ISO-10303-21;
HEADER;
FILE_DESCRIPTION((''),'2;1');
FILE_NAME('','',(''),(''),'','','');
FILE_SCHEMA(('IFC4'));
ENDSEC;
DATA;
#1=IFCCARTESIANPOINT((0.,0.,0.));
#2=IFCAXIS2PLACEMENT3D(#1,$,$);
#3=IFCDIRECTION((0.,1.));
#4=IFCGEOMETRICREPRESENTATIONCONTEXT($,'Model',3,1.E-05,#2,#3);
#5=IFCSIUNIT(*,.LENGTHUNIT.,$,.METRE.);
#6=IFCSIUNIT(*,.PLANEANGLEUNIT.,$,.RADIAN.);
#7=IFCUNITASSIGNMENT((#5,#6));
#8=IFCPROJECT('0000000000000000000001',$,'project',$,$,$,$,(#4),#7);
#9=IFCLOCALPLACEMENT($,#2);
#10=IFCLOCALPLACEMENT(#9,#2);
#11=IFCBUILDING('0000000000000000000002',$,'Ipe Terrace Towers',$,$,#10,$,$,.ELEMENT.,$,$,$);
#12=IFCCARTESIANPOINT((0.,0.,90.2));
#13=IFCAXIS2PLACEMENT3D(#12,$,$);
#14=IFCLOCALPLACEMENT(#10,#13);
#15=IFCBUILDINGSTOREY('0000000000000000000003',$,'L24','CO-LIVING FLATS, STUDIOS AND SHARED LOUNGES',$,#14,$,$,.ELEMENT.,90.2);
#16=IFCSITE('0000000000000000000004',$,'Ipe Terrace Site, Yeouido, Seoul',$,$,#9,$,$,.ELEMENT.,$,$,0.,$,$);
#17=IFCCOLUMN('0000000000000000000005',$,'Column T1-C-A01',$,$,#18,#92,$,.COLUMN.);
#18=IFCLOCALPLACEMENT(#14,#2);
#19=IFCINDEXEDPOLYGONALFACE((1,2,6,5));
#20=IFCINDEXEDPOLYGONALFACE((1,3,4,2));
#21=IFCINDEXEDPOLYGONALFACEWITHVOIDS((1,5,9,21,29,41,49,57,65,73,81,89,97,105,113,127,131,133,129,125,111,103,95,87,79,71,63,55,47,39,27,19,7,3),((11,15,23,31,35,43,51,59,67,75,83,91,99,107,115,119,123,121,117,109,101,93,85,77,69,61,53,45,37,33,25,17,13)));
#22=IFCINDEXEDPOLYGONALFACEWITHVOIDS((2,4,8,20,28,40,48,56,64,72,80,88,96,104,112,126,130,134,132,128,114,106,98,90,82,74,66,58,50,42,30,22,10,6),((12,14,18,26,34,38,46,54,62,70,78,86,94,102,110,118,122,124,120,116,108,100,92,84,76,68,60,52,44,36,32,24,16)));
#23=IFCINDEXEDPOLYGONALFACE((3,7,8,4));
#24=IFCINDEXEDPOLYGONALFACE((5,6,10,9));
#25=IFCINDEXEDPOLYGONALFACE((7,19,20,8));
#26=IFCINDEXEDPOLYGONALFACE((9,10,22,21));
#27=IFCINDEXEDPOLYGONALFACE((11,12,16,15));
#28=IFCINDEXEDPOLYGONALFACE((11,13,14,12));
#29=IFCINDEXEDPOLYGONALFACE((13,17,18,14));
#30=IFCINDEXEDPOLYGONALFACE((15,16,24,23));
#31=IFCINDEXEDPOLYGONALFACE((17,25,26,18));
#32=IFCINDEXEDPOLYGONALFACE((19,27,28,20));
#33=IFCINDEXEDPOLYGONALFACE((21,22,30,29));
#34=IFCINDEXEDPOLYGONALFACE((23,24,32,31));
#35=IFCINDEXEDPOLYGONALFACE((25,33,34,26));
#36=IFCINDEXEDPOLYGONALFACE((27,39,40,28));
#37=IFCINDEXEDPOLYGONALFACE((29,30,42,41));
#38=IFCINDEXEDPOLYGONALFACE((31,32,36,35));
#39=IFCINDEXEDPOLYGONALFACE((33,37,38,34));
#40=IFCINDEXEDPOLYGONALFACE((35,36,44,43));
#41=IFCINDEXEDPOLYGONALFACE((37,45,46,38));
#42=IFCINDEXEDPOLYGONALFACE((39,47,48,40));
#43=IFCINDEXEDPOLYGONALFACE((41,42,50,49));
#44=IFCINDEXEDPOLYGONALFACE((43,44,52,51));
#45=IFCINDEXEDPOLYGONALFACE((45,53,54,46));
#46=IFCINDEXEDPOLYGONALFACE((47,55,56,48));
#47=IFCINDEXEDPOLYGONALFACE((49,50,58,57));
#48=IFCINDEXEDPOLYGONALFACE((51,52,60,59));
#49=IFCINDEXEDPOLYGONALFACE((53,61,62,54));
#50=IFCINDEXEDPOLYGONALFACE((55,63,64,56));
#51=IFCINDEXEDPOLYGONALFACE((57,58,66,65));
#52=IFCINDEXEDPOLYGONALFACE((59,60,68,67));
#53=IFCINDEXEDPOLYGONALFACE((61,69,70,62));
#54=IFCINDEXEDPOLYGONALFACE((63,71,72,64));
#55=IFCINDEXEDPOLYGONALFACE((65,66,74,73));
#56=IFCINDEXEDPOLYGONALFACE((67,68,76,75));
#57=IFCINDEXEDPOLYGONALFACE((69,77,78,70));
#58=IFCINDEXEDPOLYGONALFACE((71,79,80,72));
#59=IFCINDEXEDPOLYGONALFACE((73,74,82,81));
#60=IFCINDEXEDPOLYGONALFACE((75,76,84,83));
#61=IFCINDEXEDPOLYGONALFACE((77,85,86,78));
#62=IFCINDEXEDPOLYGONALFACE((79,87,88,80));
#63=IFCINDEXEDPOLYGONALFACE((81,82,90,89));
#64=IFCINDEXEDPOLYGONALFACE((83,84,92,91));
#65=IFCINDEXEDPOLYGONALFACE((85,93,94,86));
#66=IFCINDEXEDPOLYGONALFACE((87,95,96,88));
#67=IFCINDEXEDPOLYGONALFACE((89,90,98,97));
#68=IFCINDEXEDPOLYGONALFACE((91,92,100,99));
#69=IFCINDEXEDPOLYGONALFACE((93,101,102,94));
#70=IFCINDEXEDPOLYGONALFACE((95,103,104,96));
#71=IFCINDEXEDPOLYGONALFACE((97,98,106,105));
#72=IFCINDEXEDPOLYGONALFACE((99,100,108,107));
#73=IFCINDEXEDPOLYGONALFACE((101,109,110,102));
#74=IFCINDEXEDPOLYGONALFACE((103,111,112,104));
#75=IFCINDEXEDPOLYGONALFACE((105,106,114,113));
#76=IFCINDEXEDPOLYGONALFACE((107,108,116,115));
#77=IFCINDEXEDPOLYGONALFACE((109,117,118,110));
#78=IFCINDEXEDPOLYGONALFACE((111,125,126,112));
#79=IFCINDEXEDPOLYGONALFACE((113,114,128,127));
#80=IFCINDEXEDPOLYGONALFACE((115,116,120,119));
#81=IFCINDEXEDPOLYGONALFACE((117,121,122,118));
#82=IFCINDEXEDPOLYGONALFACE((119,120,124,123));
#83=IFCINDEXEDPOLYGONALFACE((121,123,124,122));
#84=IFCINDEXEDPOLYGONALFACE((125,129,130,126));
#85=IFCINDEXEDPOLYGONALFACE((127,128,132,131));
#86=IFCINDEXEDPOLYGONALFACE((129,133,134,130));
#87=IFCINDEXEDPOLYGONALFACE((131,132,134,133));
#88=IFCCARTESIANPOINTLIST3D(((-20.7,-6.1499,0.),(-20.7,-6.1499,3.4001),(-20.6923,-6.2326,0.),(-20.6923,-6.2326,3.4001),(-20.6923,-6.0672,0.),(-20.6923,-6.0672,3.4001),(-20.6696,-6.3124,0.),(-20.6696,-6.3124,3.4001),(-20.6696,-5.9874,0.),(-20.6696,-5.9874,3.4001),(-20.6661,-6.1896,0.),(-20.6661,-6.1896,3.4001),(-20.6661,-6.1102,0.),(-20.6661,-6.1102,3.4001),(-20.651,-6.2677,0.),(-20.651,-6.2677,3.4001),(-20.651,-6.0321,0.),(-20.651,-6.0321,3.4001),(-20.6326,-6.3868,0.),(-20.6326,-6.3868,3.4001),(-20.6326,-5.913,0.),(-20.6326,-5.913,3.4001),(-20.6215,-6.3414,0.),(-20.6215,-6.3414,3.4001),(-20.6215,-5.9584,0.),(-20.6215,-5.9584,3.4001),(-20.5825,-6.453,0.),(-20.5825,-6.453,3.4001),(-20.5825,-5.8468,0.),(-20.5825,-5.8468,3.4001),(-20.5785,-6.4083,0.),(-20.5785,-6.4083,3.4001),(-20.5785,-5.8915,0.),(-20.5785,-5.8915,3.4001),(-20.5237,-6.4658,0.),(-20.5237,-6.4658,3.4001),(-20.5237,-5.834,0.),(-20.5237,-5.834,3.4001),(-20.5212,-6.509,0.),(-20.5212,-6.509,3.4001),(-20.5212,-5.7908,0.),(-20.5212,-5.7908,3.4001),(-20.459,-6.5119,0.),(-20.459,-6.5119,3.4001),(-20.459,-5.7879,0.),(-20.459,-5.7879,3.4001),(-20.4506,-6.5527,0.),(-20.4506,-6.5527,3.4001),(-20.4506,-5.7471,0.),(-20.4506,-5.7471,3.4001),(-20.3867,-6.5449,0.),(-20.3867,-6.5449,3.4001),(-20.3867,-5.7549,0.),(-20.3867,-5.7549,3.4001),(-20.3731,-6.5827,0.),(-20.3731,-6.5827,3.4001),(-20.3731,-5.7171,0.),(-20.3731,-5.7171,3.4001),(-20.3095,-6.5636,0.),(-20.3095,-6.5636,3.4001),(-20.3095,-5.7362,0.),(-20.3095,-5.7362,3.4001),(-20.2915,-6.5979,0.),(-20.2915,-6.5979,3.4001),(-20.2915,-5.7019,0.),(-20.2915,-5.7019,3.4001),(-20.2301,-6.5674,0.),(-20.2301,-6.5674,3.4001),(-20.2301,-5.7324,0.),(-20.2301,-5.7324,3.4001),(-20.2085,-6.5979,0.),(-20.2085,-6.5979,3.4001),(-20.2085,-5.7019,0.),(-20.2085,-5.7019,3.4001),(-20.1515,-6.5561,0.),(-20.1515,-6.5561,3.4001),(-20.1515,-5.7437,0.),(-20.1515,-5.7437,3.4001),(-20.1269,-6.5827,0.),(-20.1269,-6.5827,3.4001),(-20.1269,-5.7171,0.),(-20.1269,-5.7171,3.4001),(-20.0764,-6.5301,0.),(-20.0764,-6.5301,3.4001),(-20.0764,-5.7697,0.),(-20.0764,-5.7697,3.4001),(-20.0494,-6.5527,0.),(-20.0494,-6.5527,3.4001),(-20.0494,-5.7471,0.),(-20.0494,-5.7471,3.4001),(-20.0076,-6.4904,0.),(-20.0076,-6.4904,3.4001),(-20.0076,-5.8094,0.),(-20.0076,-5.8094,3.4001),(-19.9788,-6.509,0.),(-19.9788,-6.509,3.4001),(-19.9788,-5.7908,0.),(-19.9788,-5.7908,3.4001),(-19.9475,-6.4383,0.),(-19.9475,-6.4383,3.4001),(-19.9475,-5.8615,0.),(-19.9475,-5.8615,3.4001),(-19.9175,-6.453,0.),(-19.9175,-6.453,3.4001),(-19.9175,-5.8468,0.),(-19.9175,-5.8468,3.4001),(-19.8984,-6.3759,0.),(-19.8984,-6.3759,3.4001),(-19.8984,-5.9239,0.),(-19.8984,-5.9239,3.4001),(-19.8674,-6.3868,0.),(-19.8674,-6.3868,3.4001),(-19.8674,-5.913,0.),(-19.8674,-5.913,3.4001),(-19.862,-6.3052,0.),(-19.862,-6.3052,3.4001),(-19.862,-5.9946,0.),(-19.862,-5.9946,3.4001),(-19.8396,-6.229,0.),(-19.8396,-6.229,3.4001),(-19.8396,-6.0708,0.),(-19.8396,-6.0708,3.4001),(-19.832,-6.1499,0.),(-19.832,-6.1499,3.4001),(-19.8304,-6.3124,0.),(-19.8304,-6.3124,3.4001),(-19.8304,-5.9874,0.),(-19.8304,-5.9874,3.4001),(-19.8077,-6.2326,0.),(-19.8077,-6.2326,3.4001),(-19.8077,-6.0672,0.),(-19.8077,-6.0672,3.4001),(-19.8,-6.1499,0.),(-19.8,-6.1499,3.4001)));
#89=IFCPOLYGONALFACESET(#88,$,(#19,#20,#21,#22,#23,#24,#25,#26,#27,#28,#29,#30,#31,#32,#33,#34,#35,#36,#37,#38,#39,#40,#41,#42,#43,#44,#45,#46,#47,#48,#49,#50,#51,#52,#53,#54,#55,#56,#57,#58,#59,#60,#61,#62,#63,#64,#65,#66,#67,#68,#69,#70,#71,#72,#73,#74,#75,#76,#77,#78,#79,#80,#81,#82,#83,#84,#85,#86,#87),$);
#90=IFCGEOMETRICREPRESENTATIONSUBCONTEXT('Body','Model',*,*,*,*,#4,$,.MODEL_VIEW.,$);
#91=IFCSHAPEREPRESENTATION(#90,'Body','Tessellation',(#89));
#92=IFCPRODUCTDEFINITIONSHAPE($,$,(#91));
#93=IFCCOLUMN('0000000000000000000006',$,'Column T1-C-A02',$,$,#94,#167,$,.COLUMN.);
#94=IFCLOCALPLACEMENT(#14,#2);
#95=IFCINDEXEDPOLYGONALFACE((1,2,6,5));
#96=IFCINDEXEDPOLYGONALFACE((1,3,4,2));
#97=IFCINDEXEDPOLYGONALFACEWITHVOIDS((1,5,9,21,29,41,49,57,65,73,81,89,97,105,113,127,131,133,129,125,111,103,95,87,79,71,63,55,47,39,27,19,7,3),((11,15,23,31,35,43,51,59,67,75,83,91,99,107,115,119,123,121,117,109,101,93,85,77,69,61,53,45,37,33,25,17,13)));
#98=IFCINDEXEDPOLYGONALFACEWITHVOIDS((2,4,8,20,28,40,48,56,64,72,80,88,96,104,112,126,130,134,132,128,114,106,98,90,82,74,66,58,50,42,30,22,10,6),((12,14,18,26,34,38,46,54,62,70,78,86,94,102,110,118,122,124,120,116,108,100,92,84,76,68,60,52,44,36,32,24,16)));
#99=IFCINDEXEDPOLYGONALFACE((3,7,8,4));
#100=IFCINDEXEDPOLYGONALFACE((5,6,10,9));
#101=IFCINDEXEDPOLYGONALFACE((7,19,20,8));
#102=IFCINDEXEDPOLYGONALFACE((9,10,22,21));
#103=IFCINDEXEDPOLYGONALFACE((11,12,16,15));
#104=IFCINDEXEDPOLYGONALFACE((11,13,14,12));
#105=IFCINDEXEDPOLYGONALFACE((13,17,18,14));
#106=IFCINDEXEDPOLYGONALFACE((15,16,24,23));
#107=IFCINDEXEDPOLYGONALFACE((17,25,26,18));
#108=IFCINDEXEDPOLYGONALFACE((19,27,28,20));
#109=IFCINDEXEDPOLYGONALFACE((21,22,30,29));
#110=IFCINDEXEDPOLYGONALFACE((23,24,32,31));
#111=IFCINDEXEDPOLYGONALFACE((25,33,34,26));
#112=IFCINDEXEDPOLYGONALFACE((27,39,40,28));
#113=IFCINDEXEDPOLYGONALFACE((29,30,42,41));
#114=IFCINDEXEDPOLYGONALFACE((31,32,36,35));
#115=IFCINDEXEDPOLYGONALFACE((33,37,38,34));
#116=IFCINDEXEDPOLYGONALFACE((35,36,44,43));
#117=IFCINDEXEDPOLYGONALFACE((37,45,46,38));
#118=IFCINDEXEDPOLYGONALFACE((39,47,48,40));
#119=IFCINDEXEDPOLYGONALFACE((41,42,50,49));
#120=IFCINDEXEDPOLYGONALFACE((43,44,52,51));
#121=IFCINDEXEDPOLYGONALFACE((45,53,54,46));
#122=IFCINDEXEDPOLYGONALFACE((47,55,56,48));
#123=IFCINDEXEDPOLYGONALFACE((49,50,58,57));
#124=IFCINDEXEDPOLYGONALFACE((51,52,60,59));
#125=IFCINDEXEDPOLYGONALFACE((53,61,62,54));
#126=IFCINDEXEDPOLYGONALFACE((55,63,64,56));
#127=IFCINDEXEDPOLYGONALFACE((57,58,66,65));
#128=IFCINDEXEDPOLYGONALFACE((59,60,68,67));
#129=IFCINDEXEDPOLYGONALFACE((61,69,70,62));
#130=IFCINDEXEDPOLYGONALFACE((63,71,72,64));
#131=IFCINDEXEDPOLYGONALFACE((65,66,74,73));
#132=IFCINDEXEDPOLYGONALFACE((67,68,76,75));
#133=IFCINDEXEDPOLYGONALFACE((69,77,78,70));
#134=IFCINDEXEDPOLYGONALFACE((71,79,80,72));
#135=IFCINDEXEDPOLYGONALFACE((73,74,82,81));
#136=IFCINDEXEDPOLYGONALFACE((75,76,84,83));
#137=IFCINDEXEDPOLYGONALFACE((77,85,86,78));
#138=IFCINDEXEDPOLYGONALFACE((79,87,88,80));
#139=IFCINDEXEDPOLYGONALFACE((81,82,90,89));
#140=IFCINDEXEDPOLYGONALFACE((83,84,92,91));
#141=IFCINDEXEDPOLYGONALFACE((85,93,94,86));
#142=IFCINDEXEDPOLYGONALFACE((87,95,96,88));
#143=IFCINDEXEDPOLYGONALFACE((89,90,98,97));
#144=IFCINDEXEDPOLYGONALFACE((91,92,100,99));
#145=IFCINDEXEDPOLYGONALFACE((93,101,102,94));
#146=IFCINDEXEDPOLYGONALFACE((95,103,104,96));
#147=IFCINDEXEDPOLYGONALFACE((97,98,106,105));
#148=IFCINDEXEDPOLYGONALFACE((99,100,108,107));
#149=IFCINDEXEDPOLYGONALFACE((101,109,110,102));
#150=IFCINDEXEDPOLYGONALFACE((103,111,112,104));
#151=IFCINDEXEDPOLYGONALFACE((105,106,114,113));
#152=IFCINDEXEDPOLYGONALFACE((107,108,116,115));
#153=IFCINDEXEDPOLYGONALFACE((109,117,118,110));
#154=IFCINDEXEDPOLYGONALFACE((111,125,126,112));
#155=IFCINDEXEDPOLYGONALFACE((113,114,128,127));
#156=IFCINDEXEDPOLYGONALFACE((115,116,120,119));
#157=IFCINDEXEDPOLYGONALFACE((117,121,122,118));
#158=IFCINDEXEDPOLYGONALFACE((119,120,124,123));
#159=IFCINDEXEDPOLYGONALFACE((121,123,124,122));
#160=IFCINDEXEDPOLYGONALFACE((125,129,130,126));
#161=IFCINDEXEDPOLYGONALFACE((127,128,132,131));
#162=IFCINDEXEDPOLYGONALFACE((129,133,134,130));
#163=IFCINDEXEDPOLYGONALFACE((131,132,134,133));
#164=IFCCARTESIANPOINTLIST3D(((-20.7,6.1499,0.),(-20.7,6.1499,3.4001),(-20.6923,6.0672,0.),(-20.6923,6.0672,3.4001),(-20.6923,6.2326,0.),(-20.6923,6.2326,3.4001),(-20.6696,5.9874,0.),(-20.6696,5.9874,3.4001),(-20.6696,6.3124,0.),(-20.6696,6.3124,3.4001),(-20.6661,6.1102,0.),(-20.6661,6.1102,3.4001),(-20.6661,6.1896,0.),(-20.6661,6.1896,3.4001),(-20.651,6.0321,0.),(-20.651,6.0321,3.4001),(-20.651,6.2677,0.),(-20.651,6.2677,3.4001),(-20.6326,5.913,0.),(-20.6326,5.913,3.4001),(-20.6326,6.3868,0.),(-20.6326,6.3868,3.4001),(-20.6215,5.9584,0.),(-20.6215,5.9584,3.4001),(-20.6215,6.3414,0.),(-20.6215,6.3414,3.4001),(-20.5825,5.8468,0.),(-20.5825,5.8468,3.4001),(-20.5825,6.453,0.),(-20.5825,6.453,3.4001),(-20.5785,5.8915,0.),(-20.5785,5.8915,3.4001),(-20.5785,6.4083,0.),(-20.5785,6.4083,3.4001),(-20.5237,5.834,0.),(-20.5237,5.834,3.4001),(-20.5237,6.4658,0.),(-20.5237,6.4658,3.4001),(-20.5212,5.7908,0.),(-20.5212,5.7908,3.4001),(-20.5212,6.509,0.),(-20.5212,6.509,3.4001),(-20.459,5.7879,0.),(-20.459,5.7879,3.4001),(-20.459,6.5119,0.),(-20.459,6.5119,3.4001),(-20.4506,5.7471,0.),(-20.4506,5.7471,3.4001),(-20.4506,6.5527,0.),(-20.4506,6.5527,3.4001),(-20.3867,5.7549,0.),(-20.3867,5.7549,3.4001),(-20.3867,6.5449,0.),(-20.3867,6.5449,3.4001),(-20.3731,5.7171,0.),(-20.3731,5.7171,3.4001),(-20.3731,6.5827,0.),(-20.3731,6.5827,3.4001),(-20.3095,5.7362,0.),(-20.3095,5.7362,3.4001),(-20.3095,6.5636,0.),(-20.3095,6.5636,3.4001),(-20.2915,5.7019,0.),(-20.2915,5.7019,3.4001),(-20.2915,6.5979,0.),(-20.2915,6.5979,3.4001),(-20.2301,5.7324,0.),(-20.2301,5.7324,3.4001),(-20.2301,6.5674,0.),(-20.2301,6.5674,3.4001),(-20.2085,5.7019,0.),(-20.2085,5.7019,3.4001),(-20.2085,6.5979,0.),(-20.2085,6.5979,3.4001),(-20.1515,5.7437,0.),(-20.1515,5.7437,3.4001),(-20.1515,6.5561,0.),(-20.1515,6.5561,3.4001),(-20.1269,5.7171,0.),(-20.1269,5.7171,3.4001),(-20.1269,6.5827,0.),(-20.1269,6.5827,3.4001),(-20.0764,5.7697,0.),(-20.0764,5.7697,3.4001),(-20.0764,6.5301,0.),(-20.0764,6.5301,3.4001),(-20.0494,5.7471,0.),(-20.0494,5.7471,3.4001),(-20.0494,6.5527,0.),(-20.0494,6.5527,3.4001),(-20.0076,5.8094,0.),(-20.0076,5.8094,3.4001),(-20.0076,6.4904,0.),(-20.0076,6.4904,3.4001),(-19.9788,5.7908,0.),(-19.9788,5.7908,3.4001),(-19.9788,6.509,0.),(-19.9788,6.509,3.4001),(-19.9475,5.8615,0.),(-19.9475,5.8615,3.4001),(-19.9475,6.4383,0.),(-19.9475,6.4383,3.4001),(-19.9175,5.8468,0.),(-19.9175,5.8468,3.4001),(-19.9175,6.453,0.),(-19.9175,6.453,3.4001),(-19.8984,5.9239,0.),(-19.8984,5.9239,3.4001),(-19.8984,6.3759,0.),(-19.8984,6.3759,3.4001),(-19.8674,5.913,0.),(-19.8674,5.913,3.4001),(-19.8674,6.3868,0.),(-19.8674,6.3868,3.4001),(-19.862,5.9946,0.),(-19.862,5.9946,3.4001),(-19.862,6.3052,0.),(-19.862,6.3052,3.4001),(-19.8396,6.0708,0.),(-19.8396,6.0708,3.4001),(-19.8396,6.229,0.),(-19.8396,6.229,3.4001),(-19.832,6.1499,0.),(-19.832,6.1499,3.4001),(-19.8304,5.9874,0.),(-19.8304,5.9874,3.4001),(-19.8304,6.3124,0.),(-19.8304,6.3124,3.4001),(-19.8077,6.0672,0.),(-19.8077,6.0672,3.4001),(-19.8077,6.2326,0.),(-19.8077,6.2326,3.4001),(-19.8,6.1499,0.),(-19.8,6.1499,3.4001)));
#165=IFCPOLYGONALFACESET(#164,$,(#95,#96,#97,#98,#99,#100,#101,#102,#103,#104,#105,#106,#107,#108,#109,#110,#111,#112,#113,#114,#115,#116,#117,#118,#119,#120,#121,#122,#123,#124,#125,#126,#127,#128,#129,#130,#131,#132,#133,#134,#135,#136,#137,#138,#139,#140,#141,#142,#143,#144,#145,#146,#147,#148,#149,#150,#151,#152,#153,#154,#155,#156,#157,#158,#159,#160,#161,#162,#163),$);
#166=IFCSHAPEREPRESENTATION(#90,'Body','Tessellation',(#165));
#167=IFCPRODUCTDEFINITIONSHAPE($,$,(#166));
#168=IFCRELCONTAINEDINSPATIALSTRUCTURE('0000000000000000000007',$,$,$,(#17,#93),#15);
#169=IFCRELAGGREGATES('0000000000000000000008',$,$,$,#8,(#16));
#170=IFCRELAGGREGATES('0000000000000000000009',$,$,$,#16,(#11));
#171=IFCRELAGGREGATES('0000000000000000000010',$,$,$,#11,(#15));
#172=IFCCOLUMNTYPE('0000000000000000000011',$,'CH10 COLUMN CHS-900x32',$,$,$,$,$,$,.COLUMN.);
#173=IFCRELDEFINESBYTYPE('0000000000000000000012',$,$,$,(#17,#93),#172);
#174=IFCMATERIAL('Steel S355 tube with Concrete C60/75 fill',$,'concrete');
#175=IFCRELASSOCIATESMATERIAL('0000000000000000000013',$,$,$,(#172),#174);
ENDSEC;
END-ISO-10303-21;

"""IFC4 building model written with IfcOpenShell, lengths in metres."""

from ifc_helpers import new_model, si_unit, direction, frame, origin, origin_2d, place, context, subcontext, project, spatial, hollow_circle, extrude, material, material_profile, profile_set, type_object, element, save


model = new_model("IFC4")

# Units and contexts
model_context = context("Model", 3, precision=1e-05, world=origin(), true_north=direction((0.0, 1.0)))
body_context = subcontext(model_context, "Body", "Model", "MODEL_VIEW")
ifc_project = project(units=[si_unit("LENGTHUNIT", "METRE"), si_unit("PLANEANGLEUNIT", "RADIAN")], contexts=[model_context])

# Site, building, storey
site_placement = place(None, origin())
site = spatial("IfcSite", under=ifc_project, at=site_placement, Name="Ipe Terrace Site, Yeouido, Seoul", CompositionType="ELEMENT", RefElevation=0.0)
building_placement = place(site_placement, origin())
building = spatial("IfcBuilding", under=site, at=building_placement, Name="Ipe Terrace Towers", CompositionType="ELEMENT")
storey_placement = place(building_placement, frame((0.0, 0.0, 90.2)))
storey = spatial("IfcBuildingStorey", under=building, at=storey_placement, Name="L24", Description="CO-LIVING FLATS, STUDIOS AND SHARED LOUNGES", CompositionType="ELEMENT", Elevation=90.2)

# Columns
ifc_material_1 = material(Name="Steel S355 tube with Concrete C60/75 fill", Category="concrete")
ifc_material_profile_1 = material_profile(ifc_material_1, hollow_circle(Radius=0.45, WallThickness=0.032, at=origin_2d()), Name="CHS-900x32")
ifc_profile_set_1 = profile_set([ifc_material_profile_1], Name="Steel S355 tube with Concrete C60/75 fill")
column_type = type_object("IfcColumnType", Name="CH10 COLUMN CHS-900x32", PredefinedType="COLUMN", material=ifc_profile_set_1)
for number, where, z_axis, x_axis, name in (
    (1, (-20.25, -6.1499, 0.0), (0.0, 0.0, 1.0), (1.0, 0.0, 0.0), "Column T1-C-A01"),
    (2, (-20.25, 6.1499, 0.0), (0.0, 0.0, 1.0), (1.0, 0.0, 0.0), "Column T1-C-A02"),
):
    element("IfcColumn", number, at=place(storey_placement, frame(where, z_axis=z_axis, x_axis=x_axis)), inside=storey, type_object=column_type, Name=name, PredefinedType="COLUMN", context=body_context, shape_type="SweptSolid", body=[
        extrude(hollow_circle(Radius=0.45, WallThickness=0.032, at=origin_2d()), origin(), (0.0, 0.0, 1.0), 3.4001),
    ])

save(model, "model.ifc")
